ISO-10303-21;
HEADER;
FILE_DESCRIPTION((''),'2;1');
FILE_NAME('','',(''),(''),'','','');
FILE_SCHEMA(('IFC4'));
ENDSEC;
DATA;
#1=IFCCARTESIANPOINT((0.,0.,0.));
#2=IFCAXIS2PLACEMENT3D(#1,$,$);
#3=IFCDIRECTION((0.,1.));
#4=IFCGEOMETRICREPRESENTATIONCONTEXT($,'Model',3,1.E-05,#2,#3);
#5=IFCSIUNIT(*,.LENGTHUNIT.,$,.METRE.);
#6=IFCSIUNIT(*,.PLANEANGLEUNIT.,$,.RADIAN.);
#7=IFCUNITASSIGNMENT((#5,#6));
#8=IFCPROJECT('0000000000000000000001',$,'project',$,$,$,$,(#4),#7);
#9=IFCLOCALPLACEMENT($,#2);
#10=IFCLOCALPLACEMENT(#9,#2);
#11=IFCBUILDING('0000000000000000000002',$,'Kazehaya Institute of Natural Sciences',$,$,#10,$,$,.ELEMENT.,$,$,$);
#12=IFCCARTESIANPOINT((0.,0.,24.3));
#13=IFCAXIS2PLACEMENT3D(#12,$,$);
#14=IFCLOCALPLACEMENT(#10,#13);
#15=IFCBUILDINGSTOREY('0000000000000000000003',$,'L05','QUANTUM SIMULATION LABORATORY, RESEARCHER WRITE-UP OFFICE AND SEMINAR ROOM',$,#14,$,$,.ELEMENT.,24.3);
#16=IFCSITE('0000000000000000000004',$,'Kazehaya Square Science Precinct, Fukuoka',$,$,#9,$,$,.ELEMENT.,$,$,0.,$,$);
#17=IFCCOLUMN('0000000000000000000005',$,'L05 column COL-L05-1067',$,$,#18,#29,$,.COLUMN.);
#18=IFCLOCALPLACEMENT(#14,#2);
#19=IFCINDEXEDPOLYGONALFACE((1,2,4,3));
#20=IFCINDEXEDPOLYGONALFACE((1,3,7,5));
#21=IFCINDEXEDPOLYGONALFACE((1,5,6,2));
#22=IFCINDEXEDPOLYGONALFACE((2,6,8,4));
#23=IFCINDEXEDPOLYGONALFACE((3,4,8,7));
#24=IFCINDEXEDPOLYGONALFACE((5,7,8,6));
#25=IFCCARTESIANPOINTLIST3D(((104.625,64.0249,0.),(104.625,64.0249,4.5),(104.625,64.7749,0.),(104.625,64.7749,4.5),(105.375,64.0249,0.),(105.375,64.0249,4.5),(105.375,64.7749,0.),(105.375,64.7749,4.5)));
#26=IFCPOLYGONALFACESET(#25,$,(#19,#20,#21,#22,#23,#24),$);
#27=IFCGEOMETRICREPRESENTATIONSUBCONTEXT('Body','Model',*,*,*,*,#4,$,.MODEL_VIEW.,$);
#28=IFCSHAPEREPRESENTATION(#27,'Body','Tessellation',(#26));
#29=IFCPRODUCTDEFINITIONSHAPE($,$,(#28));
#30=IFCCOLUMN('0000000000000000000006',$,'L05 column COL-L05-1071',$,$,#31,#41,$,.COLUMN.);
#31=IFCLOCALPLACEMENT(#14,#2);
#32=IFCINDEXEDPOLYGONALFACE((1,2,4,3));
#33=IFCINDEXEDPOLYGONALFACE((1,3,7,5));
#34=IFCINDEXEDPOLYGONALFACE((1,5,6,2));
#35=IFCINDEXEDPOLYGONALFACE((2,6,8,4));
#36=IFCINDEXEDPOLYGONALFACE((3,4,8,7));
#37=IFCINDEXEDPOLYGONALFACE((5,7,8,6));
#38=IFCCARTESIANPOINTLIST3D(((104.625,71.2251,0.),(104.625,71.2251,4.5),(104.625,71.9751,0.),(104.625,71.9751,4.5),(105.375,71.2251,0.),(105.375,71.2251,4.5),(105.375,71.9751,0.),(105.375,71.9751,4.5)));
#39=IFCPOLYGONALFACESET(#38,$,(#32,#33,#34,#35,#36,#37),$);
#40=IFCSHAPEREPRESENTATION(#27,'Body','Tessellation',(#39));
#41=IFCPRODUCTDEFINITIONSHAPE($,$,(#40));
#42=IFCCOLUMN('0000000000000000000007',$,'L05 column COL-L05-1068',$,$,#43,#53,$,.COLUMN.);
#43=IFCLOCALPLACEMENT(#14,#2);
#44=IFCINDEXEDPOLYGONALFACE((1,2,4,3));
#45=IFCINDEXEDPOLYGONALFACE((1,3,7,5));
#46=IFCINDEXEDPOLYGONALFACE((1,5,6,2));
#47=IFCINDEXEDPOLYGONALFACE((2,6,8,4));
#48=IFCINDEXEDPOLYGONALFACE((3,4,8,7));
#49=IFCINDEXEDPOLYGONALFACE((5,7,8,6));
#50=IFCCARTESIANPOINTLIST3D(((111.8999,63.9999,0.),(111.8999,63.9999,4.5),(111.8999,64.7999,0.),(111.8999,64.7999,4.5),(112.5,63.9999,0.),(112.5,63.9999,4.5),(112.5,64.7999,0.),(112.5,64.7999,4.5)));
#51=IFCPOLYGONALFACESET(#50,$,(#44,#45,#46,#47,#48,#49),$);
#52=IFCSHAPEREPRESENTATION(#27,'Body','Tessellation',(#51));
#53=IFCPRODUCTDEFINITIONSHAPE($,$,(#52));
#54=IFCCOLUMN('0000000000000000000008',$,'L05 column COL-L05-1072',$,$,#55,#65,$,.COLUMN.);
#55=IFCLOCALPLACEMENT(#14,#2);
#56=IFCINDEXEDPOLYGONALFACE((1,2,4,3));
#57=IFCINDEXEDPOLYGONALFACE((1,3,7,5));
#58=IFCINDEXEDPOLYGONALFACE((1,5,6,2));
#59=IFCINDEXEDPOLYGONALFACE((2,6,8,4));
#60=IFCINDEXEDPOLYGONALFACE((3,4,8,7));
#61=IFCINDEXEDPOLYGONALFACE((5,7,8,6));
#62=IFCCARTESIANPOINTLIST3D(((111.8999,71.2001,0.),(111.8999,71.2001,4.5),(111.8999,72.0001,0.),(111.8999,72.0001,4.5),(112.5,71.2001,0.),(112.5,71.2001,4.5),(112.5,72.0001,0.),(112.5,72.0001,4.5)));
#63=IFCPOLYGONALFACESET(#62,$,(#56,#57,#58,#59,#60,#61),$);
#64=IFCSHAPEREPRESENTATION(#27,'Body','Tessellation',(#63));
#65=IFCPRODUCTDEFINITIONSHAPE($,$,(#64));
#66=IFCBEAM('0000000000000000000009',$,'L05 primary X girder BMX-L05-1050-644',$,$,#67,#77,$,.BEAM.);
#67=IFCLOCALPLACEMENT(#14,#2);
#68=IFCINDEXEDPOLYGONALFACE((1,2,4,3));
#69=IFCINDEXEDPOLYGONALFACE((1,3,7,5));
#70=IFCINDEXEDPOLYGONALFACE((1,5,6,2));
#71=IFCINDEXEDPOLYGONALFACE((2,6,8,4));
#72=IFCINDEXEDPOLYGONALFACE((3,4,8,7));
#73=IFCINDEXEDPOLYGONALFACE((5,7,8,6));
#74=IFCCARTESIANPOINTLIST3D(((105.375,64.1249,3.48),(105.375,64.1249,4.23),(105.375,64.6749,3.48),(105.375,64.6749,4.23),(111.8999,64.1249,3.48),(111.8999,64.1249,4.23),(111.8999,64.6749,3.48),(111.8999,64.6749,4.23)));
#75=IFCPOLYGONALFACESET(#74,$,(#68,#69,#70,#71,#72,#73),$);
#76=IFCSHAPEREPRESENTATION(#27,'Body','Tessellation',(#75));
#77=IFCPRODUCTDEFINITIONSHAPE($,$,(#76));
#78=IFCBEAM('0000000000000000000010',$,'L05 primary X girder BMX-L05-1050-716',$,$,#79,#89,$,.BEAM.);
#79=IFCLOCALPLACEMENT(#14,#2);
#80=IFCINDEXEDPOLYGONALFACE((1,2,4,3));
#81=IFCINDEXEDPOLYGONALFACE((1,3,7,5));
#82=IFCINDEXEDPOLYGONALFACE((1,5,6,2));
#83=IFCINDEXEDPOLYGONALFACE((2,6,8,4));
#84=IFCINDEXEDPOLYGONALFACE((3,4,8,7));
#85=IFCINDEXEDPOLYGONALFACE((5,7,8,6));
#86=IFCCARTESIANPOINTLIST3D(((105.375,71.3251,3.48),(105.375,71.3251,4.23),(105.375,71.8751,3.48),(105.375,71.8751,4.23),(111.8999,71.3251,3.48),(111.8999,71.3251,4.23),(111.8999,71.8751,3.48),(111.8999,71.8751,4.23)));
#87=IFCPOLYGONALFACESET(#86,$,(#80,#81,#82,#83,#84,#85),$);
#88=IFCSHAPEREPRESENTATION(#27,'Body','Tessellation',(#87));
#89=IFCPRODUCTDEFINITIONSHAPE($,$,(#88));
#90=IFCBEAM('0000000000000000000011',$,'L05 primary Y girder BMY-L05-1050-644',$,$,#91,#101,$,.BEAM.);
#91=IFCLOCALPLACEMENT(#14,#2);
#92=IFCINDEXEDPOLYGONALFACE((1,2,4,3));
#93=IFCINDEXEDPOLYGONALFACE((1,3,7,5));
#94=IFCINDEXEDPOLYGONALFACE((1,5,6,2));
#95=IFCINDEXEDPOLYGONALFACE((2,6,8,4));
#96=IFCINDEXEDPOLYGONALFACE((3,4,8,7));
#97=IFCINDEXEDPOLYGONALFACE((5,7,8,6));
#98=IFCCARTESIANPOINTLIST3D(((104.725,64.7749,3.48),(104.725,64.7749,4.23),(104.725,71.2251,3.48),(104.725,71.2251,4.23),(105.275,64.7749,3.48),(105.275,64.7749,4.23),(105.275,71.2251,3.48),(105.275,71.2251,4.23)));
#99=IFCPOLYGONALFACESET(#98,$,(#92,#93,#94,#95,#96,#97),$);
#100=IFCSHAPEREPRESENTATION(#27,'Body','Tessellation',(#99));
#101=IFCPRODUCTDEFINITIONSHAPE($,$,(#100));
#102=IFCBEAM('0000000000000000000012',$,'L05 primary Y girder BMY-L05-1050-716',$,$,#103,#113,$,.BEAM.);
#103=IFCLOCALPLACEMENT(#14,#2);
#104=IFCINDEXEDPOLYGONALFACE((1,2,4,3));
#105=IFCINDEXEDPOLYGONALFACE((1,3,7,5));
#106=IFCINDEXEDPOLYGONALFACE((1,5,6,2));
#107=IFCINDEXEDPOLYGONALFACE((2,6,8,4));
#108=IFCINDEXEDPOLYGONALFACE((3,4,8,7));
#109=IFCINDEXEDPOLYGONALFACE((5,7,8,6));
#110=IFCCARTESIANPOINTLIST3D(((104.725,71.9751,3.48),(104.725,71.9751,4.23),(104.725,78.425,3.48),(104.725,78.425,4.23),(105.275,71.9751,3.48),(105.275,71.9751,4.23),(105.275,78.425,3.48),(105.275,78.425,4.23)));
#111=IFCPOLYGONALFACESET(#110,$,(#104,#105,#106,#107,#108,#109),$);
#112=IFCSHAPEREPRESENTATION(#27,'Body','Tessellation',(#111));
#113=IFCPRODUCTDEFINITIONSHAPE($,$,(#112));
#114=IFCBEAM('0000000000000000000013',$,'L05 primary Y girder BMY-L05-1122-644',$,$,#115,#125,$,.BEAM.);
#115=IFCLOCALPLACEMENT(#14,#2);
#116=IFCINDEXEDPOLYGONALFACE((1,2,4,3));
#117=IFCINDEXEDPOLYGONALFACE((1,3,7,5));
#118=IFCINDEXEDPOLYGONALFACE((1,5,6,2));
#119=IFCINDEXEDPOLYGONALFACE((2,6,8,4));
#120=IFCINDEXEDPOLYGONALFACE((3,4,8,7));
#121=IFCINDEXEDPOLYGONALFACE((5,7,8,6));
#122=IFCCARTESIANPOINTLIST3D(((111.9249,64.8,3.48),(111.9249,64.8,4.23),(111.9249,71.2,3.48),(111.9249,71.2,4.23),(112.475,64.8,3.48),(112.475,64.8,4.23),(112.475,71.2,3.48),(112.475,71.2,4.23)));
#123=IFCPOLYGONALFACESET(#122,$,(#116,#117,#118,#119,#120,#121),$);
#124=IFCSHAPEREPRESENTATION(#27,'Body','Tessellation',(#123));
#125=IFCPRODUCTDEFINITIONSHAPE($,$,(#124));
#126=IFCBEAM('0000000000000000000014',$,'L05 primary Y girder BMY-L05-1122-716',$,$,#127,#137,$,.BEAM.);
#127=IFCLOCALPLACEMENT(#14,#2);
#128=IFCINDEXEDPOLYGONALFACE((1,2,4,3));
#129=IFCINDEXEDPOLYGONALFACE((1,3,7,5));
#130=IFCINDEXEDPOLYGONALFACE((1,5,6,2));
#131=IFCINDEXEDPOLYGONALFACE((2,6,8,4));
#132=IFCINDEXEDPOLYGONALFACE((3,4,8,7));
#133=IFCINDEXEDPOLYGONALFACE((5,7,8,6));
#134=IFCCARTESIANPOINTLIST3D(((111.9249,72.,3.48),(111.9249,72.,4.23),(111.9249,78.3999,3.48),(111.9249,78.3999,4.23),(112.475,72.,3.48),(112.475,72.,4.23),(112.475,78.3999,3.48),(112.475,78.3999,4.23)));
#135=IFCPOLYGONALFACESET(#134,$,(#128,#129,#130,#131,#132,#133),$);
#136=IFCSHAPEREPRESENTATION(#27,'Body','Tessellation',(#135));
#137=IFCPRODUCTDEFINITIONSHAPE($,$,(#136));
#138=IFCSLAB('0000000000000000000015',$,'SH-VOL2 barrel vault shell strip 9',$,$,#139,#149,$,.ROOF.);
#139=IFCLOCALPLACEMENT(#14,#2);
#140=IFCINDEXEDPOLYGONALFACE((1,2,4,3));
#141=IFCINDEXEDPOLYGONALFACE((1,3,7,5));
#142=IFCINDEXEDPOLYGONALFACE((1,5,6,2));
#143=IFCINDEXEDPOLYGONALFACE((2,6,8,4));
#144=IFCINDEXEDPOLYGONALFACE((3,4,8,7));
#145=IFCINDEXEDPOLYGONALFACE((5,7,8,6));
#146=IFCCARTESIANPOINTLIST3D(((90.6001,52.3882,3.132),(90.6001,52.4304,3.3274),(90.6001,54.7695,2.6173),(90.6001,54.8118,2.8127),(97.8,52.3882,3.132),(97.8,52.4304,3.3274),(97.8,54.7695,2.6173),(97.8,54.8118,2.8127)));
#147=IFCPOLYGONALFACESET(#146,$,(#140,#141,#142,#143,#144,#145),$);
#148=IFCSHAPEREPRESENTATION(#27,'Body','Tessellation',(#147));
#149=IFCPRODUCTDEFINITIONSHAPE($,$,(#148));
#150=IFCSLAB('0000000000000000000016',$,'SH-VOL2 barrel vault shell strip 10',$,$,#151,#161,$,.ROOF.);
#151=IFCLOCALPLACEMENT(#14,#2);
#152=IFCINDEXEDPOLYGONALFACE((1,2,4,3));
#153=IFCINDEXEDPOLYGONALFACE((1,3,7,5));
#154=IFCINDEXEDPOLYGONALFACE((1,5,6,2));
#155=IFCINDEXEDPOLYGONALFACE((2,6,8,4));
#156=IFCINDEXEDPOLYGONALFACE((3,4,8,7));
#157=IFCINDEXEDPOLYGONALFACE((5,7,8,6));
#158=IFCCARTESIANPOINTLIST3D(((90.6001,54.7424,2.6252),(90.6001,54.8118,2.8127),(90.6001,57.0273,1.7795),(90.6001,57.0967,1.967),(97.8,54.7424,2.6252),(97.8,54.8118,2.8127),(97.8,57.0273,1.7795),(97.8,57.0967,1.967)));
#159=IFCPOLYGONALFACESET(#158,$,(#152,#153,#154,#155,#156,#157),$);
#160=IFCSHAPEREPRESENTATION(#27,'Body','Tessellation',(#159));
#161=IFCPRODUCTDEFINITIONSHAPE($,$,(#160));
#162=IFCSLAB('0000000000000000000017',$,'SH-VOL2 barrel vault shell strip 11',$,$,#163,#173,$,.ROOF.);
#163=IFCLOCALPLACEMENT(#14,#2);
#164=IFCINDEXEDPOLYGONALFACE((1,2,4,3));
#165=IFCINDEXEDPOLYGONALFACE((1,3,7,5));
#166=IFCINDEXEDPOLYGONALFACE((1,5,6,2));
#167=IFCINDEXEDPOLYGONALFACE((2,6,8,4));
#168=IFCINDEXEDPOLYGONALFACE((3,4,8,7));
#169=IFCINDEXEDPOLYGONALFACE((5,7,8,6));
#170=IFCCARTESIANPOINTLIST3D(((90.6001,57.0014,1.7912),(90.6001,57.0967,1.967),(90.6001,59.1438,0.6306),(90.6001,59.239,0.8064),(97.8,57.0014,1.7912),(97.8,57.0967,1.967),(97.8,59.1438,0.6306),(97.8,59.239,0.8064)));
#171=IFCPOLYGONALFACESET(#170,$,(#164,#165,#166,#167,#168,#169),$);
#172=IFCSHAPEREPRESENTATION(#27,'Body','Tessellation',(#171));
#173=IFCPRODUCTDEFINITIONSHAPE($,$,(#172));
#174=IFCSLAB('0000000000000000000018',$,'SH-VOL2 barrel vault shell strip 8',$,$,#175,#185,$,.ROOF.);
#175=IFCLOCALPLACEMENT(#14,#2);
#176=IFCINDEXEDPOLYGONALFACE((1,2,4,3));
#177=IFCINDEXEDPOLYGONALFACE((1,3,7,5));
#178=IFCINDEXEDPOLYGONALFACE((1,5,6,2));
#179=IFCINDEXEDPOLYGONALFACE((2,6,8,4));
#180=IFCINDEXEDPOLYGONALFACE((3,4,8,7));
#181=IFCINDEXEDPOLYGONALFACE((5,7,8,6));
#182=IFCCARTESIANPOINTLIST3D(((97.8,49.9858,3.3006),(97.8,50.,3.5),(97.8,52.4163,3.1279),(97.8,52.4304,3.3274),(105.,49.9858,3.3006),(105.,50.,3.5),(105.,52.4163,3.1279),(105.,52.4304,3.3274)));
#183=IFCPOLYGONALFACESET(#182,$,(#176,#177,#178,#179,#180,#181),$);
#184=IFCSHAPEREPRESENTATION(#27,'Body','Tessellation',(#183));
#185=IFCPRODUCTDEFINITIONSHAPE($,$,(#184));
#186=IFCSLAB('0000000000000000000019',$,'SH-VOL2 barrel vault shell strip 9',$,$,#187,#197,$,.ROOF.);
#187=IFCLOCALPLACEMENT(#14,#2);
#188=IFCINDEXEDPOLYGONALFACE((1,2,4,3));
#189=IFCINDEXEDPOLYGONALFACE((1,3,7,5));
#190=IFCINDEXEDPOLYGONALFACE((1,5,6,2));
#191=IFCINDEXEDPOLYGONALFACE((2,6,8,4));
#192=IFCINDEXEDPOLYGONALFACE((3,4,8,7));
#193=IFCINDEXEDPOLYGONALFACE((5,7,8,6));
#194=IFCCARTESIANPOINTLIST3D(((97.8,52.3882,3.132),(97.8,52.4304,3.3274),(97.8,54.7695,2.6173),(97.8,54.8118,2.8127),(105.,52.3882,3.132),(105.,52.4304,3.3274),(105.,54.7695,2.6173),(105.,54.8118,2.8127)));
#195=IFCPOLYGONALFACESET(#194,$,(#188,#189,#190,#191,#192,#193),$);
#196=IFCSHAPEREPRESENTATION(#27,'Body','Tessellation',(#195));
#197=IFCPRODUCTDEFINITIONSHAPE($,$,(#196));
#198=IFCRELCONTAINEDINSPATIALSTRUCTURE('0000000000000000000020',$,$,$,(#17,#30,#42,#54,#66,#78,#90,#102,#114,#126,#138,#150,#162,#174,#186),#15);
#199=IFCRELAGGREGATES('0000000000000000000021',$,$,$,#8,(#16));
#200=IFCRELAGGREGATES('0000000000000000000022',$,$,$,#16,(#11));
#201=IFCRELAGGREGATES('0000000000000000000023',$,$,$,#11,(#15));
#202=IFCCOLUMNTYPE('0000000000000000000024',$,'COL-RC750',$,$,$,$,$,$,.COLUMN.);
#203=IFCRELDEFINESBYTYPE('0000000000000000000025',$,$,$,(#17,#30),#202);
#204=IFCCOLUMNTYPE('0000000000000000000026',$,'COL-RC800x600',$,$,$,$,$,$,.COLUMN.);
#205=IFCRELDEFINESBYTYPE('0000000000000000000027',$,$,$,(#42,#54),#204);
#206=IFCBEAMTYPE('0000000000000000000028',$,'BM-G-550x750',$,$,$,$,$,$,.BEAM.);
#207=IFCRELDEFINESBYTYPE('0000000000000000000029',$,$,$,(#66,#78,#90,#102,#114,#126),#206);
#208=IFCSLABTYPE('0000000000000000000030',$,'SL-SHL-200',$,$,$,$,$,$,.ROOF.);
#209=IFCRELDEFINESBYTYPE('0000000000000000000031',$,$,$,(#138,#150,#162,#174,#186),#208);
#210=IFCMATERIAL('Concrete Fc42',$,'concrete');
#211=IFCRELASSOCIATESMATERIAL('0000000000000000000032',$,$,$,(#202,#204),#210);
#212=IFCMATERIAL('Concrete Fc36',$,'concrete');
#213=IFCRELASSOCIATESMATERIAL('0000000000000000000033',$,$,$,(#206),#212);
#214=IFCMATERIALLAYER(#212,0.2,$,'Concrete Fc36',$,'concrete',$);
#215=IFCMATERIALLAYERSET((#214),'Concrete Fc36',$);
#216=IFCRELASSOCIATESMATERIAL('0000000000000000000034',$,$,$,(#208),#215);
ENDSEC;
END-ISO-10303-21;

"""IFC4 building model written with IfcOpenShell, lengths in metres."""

from ifc_helpers import new_model, si_unit, direction, frame, origin, origin_2d, place, context, subcontext, project, spatial, polyline, rectangle, outline, extrude, material, layer, layer_set, material_profile, profile_set, type_object, element, save


model = new_model("IFC4")

# Units and contexts
model_context = context("Model", 3, precision=1e-05, world=origin(), true_north=direction((0.0, 1.0)))
body_context = subcontext(model_context, "Body", "Model", "MODEL_VIEW")
ifc_project = project(units=[si_unit("LENGTHUNIT", "METRE"), si_unit("PLANEANGLEUNIT", "RADIAN")], contexts=[model_context])

# Site, building, storey
site_placement = place(None, origin())
site = spatial("IfcSite", under=ifc_project, at=site_placement, Name="Kazehaya Square Science Precinct, Fukuoka", CompositionType="ELEMENT", RefElevation=0.0)
building_placement = place(site_placement, origin())
building = spatial("IfcBuilding", under=site, at=building_placement, Name="Kazehaya Institute of Natural Sciences", CompositionType="ELEMENT")
storey_placement = place(building_placement, frame((0.0, 0.0, 24.3)))
storey = spatial("IfcBuildingStorey", under=building, at=storey_placement, Name="L05", Description="QUANTUM SIMULATION LABORATORY, RESEARCHER WRITE-UP OFFICE AND SEMINAR ROOM", CompositionType="ELEMENT", Elevation=24.3)

# Columns
ifc_material_1 = material(Name="Concrete Fc42", Category="concrete")
ifc_material_profile_1 = material_profile(ifc_material_1, rectangle(XDim=0.75, YDim=0.75, at=origin_2d()), Name="RC-750x750")
ifc_profile_set_1 = profile_set([ifc_material_profile_1], Name="Concrete Fc42")
column_type_1 = type_object("IfcColumnType", Name="COL-RC750", PredefinedType="COLUMN", material=ifc_profile_set_1)
for number, where, z_axis, x_axis, name in (
    (1, (105.0, 64.3999, 0.0), (0.0, 0.0, 1.0), (1.0, 0.0, 0.0), "L05 column COL-L05-1067"),
    (2, (105.0, 71.6001, 0.0), (0.0, 0.0, 1.0), (1.0, 0.0, 0.0), "L05 column COL-L05-1071"),
):
    element("IfcColumn", number, at=place(storey_placement, frame(where, z_axis=z_axis, x_axis=x_axis)), inside=storey, type_object=column_type_1, Name=name, PredefinedType="COLUMN", context=body_context, shape_type="SweptSolid", body=[
        extrude(rectangle(XDim=0.75, YDim=0.75, at=origin_2d()), origin(), (0.0, 0.0, 1.0), 4.5),
    ])
ifc_material_profile_2 = material_profile(ifc_material_1, rectangle(XDim=0.6001, YDim=0.8, at=origin_2d()), Name="RC-800x600")
ifc_profile_set_2 = profile_set([ifc_material_profile_2], Name="Concrete Fc42")
column_type_2 = type_object("IfcColumnType", Name="COL-RC800x600", PredefinedType="COLUMN", material=ifc_profile_set_2)
for number, where, z_axis, x_axis, name in (
    (3, (112.2, 64.3999, 0.0), (0.0, 0.0, 1.0), (1.0, 0.0, 0.0), "L05 column COL-L05-1068"),
    (4, (112.2, 71.6001, 0.0), (0.0, 0.0, 1.0), (1.0, 0.0, 0.0), "L05 column COL-L05-1072"),
):
    element("IfcColumn", number, at=place(storey_placement, frame(where, z_axis=z_axis, x_axis=x_axis)), inside=storey, type_object=column_type_2, Name=name, PredefinedType="COLUMN", context=body_context, shape_type="SweptSolid", body=[
        extrude(rectangle(XDim=0.6001, YDim=0.8, at=origin_2d()), origin(), (0.0, 0.0, 1.0), 4.5),
    ])

# Beams
ifc_material_2 = material(Name="Concrete Fc36", Category="concrete")
ifc_material_profile_3 = material_profile(ifc_material_2, rectangle(XDim=0.55, YDim=0.75, at=origin_2d()), Name="RC-550x750")
ifc_profile_set_3 = profile_set([ifc_material_profile_3], Name="Concrete Fc36")
beam_type = type_object("IfcBeamType", Name="BM-G-550x750", PredefinedType="BEAM", material=ifc_profile_set_3)
for number, where, z_axis, x_axis, name in (
    (5, (105.375, 64.3999, 3.855), (1.0, 0.0, 0.0), (0.0, 1.0, 0.0), "L05 primary X girder BMX-L05-1050-644"),
    (6, (105.375, 71.6001, 3.855), (1.0, 0.0, 0.0), (0.0, 1.0, 0.0), "L05 primary X girder BMX-L05-1050-716"),
):
    element("IfcBeam", number, at=place(storey_placement, frame(where, z_axis=z_axis, x_axis=x_axis)), inside=storey, type_object=beam_type, Name=name, PredefinedType="BEAM", context=body_context, shape_type="SweptSolid", body=[
        extrude(rectangle(XDim=0.55, YDim=0.75, at=origin_2d()), origin(), (0.0, 0.0, 1.0), 6.5249),
    ])
beam_1_placement = place(storey_placement, frame((105.0, 64.7749, 3.855), z_axis=(0.0, 1.0, 0.0), x_axis=(-1.0, 0.0, 0.0)))
element("IfcBeam", 7, at=beam_1_placement, inside=storey, type_object=beam_type, Name="L05 primary Y girder BMY-L05-1050-644", PredefinedType="BEAM", context=body_context, shape_type="SweptSolid", body=[
    extrude(rectangle(XDim=0.55, YDim=0.75, at=origin_2d()), origin(), (0.0, 0.0, 1.0), 6.4502),
])
beam_2_placement = place(storey_placement, frame((105.0, 71.9751, 3.855), z_axis=(0.0, 1.0, 0.0), x_axis=(-1.0, 0.0, 0.0)))
element("IfcBeam", 8, at=beam_2_placement, inside=storey, type_object=beam_type, Name="L05 primary Y girder BMY-L05-1050-716", PredefinedType="BEAM", context=body_context, shape_type="SweptSolid", body=[
    extrude(rectangle(XDim=0.55, YDim=0.75, at=origin_2d()), origin(), (0.0, 0.0, 1.0), 6.45),
])
for number, where, z_axis, x_axis, name in (
    (9, (112.2, 64.8, 3.855), (0.0, 1.0, 0.0), (-1.0, 0.0, 0.0), "L05 primary Y girder BMY-L05-1122-644"),
    (10, (112.2, 72.0, 3.855), (0.0, 1.0, 0.0), (-1.0, 0.0, 0.0), "L05 primary Y girder BMY-L05-1122-716"),
):
    element("IfcBeam", number, at=place(storey_placement, frame(where, z_axis=z_axis, x_axis=x_axis)), inside=storey, type_object=beam_type, Name=name, PredefinedType="BEAM", context=body_context, shape_type="SweptSolid", body=[
        extrude(rectangle(XDim=0.55, YDim=0.75, at=origin_2d()), origin(), (0.0, 0.0, 1.0), 6.3999),
    ])

# Slabs
ifc_layer_1 = layer(ifc_material_2, 0.2, Name="Concrete Fc36", Category="concrete")
ifc_layer_set_1 = layer_set([ifc_layer_1], Name="Concrete Fc36")
slab_type = type_object("IfcSlabType", Name="SL-SHL-200", PredefinedType="ROOF", material=ifc_layer_set_1)
slab_1_placement = place(storey_placement, frame((90.6001, 52.4304, 3.3274), z_axis=(0.0, 0.21124, 0.977434), x_axis=(1.0, 0.0, 0.0)))
element("IfcSlab", 11, at=slab_1_placement, inside=storey, type_object=slab_type, Name="SH-VOL2 barrel vault shell strip 9", PredefinedType="ROOF", context=body_context, shape_type="SweptSolid", body=[
    extrude(outline(polyline([(0.0, 0.0), (7.2, 0.0), (7.2, 2.4363), (0.0, 2.4363), (0.0, 0.0)])), origin(), (0.0, 0.0, -1.0), 0.2),
])
slab_2_placement = place(storey_placement, frame((90.6001, 54.8118, 2.8127), z_axis=(0.0, 0.347112, 0.937824), x_axis=(1.0, 0.0, 0.0)))
element("IfcSlab", 12, at=slab_2_placement, inside=storey, type_object=slab_type, Name="SH-VOL2 barrel vault shell strip 10", PredefinedType="ROOF", context=body_context, shape_type="SweptSolid", body=[
    extrude(outline(polyline([(0.0, 0.0), (7.2, 0.0), (7.2, 2.4364), (0.0, 2.4364), (0.0, 0.0)])), origin(), (0.0, 0.0, -1.0), 0.2),
])
slab_3_placement = place(storey_placement, frame((90.6001, 57.0967, 1.967), z_axis=(0.0, 0.476351, 0.879255), x_axis=(1.0, 0.0, 0.0)))
element("IfcSlab", 13, at=slab_3_placement, inside=storey, type_object=slab_type, Name="SH-VOL2 barrel vault shell strip 11", PredefinedType="ROOF", context=body_context, shape_type="SweptSolid", body=[
    extrude(outline(polyline([(0.0, 0.0), (7.2, 0.0), (7.2, 2.4365), (0.0, 2.4365), (0.0, 0.0)])), origin(), (0.0, 0.0, -1.0), 0.2),
])
slab_4_placement = place(storey_placement, frame((97.8, 50.0, 3.5), z_axis=(0.0, 0.070841, 0.997488), x_axis=(1.0, 0.0, 0.0)))
element("IfcSlab", 14, at=slab_4_placement, inside=storey, type_object=slab_type, Name="SH-VOL2 barrel vault shell strip 8", PredefinedType="ROOF", context=body_context, shape_type="SweptSolid", body=[
    extrude(outline(polyline([(0.0, 0.0), (7.2, 0.0), (7.2, 2.4365), (0.0, 2.4365), (0.0, 0.0)])), origin(), (0.0, 0.0, -1.0), 0.2),
])
slab_5_placement = place(storey_placement, frame((97.8, 52.4304, 3.3274), z_axis=(0.0, 0.21124, 0.977434), x_axis=(1.0, 0.0, 0.0)))
element("IfcSlab", 15, at=slab_5_placement, inside=storey, type_object=slab_type, Name="SH-VOL2 barrel vault shell strip 9", PredefinedType="ROOF", context=body_context, shape_type="SweptSolid", body=[
    extrude(outline(polyline([(0.0, 0.0), (7.2, 0.0), (7.2, 2.4363), (0.0, 2.4363), (0.0, 0.0)])), origin(), (0.0, 0.0, -1.0), 0.2),
])

save(model, "model.ifc")
